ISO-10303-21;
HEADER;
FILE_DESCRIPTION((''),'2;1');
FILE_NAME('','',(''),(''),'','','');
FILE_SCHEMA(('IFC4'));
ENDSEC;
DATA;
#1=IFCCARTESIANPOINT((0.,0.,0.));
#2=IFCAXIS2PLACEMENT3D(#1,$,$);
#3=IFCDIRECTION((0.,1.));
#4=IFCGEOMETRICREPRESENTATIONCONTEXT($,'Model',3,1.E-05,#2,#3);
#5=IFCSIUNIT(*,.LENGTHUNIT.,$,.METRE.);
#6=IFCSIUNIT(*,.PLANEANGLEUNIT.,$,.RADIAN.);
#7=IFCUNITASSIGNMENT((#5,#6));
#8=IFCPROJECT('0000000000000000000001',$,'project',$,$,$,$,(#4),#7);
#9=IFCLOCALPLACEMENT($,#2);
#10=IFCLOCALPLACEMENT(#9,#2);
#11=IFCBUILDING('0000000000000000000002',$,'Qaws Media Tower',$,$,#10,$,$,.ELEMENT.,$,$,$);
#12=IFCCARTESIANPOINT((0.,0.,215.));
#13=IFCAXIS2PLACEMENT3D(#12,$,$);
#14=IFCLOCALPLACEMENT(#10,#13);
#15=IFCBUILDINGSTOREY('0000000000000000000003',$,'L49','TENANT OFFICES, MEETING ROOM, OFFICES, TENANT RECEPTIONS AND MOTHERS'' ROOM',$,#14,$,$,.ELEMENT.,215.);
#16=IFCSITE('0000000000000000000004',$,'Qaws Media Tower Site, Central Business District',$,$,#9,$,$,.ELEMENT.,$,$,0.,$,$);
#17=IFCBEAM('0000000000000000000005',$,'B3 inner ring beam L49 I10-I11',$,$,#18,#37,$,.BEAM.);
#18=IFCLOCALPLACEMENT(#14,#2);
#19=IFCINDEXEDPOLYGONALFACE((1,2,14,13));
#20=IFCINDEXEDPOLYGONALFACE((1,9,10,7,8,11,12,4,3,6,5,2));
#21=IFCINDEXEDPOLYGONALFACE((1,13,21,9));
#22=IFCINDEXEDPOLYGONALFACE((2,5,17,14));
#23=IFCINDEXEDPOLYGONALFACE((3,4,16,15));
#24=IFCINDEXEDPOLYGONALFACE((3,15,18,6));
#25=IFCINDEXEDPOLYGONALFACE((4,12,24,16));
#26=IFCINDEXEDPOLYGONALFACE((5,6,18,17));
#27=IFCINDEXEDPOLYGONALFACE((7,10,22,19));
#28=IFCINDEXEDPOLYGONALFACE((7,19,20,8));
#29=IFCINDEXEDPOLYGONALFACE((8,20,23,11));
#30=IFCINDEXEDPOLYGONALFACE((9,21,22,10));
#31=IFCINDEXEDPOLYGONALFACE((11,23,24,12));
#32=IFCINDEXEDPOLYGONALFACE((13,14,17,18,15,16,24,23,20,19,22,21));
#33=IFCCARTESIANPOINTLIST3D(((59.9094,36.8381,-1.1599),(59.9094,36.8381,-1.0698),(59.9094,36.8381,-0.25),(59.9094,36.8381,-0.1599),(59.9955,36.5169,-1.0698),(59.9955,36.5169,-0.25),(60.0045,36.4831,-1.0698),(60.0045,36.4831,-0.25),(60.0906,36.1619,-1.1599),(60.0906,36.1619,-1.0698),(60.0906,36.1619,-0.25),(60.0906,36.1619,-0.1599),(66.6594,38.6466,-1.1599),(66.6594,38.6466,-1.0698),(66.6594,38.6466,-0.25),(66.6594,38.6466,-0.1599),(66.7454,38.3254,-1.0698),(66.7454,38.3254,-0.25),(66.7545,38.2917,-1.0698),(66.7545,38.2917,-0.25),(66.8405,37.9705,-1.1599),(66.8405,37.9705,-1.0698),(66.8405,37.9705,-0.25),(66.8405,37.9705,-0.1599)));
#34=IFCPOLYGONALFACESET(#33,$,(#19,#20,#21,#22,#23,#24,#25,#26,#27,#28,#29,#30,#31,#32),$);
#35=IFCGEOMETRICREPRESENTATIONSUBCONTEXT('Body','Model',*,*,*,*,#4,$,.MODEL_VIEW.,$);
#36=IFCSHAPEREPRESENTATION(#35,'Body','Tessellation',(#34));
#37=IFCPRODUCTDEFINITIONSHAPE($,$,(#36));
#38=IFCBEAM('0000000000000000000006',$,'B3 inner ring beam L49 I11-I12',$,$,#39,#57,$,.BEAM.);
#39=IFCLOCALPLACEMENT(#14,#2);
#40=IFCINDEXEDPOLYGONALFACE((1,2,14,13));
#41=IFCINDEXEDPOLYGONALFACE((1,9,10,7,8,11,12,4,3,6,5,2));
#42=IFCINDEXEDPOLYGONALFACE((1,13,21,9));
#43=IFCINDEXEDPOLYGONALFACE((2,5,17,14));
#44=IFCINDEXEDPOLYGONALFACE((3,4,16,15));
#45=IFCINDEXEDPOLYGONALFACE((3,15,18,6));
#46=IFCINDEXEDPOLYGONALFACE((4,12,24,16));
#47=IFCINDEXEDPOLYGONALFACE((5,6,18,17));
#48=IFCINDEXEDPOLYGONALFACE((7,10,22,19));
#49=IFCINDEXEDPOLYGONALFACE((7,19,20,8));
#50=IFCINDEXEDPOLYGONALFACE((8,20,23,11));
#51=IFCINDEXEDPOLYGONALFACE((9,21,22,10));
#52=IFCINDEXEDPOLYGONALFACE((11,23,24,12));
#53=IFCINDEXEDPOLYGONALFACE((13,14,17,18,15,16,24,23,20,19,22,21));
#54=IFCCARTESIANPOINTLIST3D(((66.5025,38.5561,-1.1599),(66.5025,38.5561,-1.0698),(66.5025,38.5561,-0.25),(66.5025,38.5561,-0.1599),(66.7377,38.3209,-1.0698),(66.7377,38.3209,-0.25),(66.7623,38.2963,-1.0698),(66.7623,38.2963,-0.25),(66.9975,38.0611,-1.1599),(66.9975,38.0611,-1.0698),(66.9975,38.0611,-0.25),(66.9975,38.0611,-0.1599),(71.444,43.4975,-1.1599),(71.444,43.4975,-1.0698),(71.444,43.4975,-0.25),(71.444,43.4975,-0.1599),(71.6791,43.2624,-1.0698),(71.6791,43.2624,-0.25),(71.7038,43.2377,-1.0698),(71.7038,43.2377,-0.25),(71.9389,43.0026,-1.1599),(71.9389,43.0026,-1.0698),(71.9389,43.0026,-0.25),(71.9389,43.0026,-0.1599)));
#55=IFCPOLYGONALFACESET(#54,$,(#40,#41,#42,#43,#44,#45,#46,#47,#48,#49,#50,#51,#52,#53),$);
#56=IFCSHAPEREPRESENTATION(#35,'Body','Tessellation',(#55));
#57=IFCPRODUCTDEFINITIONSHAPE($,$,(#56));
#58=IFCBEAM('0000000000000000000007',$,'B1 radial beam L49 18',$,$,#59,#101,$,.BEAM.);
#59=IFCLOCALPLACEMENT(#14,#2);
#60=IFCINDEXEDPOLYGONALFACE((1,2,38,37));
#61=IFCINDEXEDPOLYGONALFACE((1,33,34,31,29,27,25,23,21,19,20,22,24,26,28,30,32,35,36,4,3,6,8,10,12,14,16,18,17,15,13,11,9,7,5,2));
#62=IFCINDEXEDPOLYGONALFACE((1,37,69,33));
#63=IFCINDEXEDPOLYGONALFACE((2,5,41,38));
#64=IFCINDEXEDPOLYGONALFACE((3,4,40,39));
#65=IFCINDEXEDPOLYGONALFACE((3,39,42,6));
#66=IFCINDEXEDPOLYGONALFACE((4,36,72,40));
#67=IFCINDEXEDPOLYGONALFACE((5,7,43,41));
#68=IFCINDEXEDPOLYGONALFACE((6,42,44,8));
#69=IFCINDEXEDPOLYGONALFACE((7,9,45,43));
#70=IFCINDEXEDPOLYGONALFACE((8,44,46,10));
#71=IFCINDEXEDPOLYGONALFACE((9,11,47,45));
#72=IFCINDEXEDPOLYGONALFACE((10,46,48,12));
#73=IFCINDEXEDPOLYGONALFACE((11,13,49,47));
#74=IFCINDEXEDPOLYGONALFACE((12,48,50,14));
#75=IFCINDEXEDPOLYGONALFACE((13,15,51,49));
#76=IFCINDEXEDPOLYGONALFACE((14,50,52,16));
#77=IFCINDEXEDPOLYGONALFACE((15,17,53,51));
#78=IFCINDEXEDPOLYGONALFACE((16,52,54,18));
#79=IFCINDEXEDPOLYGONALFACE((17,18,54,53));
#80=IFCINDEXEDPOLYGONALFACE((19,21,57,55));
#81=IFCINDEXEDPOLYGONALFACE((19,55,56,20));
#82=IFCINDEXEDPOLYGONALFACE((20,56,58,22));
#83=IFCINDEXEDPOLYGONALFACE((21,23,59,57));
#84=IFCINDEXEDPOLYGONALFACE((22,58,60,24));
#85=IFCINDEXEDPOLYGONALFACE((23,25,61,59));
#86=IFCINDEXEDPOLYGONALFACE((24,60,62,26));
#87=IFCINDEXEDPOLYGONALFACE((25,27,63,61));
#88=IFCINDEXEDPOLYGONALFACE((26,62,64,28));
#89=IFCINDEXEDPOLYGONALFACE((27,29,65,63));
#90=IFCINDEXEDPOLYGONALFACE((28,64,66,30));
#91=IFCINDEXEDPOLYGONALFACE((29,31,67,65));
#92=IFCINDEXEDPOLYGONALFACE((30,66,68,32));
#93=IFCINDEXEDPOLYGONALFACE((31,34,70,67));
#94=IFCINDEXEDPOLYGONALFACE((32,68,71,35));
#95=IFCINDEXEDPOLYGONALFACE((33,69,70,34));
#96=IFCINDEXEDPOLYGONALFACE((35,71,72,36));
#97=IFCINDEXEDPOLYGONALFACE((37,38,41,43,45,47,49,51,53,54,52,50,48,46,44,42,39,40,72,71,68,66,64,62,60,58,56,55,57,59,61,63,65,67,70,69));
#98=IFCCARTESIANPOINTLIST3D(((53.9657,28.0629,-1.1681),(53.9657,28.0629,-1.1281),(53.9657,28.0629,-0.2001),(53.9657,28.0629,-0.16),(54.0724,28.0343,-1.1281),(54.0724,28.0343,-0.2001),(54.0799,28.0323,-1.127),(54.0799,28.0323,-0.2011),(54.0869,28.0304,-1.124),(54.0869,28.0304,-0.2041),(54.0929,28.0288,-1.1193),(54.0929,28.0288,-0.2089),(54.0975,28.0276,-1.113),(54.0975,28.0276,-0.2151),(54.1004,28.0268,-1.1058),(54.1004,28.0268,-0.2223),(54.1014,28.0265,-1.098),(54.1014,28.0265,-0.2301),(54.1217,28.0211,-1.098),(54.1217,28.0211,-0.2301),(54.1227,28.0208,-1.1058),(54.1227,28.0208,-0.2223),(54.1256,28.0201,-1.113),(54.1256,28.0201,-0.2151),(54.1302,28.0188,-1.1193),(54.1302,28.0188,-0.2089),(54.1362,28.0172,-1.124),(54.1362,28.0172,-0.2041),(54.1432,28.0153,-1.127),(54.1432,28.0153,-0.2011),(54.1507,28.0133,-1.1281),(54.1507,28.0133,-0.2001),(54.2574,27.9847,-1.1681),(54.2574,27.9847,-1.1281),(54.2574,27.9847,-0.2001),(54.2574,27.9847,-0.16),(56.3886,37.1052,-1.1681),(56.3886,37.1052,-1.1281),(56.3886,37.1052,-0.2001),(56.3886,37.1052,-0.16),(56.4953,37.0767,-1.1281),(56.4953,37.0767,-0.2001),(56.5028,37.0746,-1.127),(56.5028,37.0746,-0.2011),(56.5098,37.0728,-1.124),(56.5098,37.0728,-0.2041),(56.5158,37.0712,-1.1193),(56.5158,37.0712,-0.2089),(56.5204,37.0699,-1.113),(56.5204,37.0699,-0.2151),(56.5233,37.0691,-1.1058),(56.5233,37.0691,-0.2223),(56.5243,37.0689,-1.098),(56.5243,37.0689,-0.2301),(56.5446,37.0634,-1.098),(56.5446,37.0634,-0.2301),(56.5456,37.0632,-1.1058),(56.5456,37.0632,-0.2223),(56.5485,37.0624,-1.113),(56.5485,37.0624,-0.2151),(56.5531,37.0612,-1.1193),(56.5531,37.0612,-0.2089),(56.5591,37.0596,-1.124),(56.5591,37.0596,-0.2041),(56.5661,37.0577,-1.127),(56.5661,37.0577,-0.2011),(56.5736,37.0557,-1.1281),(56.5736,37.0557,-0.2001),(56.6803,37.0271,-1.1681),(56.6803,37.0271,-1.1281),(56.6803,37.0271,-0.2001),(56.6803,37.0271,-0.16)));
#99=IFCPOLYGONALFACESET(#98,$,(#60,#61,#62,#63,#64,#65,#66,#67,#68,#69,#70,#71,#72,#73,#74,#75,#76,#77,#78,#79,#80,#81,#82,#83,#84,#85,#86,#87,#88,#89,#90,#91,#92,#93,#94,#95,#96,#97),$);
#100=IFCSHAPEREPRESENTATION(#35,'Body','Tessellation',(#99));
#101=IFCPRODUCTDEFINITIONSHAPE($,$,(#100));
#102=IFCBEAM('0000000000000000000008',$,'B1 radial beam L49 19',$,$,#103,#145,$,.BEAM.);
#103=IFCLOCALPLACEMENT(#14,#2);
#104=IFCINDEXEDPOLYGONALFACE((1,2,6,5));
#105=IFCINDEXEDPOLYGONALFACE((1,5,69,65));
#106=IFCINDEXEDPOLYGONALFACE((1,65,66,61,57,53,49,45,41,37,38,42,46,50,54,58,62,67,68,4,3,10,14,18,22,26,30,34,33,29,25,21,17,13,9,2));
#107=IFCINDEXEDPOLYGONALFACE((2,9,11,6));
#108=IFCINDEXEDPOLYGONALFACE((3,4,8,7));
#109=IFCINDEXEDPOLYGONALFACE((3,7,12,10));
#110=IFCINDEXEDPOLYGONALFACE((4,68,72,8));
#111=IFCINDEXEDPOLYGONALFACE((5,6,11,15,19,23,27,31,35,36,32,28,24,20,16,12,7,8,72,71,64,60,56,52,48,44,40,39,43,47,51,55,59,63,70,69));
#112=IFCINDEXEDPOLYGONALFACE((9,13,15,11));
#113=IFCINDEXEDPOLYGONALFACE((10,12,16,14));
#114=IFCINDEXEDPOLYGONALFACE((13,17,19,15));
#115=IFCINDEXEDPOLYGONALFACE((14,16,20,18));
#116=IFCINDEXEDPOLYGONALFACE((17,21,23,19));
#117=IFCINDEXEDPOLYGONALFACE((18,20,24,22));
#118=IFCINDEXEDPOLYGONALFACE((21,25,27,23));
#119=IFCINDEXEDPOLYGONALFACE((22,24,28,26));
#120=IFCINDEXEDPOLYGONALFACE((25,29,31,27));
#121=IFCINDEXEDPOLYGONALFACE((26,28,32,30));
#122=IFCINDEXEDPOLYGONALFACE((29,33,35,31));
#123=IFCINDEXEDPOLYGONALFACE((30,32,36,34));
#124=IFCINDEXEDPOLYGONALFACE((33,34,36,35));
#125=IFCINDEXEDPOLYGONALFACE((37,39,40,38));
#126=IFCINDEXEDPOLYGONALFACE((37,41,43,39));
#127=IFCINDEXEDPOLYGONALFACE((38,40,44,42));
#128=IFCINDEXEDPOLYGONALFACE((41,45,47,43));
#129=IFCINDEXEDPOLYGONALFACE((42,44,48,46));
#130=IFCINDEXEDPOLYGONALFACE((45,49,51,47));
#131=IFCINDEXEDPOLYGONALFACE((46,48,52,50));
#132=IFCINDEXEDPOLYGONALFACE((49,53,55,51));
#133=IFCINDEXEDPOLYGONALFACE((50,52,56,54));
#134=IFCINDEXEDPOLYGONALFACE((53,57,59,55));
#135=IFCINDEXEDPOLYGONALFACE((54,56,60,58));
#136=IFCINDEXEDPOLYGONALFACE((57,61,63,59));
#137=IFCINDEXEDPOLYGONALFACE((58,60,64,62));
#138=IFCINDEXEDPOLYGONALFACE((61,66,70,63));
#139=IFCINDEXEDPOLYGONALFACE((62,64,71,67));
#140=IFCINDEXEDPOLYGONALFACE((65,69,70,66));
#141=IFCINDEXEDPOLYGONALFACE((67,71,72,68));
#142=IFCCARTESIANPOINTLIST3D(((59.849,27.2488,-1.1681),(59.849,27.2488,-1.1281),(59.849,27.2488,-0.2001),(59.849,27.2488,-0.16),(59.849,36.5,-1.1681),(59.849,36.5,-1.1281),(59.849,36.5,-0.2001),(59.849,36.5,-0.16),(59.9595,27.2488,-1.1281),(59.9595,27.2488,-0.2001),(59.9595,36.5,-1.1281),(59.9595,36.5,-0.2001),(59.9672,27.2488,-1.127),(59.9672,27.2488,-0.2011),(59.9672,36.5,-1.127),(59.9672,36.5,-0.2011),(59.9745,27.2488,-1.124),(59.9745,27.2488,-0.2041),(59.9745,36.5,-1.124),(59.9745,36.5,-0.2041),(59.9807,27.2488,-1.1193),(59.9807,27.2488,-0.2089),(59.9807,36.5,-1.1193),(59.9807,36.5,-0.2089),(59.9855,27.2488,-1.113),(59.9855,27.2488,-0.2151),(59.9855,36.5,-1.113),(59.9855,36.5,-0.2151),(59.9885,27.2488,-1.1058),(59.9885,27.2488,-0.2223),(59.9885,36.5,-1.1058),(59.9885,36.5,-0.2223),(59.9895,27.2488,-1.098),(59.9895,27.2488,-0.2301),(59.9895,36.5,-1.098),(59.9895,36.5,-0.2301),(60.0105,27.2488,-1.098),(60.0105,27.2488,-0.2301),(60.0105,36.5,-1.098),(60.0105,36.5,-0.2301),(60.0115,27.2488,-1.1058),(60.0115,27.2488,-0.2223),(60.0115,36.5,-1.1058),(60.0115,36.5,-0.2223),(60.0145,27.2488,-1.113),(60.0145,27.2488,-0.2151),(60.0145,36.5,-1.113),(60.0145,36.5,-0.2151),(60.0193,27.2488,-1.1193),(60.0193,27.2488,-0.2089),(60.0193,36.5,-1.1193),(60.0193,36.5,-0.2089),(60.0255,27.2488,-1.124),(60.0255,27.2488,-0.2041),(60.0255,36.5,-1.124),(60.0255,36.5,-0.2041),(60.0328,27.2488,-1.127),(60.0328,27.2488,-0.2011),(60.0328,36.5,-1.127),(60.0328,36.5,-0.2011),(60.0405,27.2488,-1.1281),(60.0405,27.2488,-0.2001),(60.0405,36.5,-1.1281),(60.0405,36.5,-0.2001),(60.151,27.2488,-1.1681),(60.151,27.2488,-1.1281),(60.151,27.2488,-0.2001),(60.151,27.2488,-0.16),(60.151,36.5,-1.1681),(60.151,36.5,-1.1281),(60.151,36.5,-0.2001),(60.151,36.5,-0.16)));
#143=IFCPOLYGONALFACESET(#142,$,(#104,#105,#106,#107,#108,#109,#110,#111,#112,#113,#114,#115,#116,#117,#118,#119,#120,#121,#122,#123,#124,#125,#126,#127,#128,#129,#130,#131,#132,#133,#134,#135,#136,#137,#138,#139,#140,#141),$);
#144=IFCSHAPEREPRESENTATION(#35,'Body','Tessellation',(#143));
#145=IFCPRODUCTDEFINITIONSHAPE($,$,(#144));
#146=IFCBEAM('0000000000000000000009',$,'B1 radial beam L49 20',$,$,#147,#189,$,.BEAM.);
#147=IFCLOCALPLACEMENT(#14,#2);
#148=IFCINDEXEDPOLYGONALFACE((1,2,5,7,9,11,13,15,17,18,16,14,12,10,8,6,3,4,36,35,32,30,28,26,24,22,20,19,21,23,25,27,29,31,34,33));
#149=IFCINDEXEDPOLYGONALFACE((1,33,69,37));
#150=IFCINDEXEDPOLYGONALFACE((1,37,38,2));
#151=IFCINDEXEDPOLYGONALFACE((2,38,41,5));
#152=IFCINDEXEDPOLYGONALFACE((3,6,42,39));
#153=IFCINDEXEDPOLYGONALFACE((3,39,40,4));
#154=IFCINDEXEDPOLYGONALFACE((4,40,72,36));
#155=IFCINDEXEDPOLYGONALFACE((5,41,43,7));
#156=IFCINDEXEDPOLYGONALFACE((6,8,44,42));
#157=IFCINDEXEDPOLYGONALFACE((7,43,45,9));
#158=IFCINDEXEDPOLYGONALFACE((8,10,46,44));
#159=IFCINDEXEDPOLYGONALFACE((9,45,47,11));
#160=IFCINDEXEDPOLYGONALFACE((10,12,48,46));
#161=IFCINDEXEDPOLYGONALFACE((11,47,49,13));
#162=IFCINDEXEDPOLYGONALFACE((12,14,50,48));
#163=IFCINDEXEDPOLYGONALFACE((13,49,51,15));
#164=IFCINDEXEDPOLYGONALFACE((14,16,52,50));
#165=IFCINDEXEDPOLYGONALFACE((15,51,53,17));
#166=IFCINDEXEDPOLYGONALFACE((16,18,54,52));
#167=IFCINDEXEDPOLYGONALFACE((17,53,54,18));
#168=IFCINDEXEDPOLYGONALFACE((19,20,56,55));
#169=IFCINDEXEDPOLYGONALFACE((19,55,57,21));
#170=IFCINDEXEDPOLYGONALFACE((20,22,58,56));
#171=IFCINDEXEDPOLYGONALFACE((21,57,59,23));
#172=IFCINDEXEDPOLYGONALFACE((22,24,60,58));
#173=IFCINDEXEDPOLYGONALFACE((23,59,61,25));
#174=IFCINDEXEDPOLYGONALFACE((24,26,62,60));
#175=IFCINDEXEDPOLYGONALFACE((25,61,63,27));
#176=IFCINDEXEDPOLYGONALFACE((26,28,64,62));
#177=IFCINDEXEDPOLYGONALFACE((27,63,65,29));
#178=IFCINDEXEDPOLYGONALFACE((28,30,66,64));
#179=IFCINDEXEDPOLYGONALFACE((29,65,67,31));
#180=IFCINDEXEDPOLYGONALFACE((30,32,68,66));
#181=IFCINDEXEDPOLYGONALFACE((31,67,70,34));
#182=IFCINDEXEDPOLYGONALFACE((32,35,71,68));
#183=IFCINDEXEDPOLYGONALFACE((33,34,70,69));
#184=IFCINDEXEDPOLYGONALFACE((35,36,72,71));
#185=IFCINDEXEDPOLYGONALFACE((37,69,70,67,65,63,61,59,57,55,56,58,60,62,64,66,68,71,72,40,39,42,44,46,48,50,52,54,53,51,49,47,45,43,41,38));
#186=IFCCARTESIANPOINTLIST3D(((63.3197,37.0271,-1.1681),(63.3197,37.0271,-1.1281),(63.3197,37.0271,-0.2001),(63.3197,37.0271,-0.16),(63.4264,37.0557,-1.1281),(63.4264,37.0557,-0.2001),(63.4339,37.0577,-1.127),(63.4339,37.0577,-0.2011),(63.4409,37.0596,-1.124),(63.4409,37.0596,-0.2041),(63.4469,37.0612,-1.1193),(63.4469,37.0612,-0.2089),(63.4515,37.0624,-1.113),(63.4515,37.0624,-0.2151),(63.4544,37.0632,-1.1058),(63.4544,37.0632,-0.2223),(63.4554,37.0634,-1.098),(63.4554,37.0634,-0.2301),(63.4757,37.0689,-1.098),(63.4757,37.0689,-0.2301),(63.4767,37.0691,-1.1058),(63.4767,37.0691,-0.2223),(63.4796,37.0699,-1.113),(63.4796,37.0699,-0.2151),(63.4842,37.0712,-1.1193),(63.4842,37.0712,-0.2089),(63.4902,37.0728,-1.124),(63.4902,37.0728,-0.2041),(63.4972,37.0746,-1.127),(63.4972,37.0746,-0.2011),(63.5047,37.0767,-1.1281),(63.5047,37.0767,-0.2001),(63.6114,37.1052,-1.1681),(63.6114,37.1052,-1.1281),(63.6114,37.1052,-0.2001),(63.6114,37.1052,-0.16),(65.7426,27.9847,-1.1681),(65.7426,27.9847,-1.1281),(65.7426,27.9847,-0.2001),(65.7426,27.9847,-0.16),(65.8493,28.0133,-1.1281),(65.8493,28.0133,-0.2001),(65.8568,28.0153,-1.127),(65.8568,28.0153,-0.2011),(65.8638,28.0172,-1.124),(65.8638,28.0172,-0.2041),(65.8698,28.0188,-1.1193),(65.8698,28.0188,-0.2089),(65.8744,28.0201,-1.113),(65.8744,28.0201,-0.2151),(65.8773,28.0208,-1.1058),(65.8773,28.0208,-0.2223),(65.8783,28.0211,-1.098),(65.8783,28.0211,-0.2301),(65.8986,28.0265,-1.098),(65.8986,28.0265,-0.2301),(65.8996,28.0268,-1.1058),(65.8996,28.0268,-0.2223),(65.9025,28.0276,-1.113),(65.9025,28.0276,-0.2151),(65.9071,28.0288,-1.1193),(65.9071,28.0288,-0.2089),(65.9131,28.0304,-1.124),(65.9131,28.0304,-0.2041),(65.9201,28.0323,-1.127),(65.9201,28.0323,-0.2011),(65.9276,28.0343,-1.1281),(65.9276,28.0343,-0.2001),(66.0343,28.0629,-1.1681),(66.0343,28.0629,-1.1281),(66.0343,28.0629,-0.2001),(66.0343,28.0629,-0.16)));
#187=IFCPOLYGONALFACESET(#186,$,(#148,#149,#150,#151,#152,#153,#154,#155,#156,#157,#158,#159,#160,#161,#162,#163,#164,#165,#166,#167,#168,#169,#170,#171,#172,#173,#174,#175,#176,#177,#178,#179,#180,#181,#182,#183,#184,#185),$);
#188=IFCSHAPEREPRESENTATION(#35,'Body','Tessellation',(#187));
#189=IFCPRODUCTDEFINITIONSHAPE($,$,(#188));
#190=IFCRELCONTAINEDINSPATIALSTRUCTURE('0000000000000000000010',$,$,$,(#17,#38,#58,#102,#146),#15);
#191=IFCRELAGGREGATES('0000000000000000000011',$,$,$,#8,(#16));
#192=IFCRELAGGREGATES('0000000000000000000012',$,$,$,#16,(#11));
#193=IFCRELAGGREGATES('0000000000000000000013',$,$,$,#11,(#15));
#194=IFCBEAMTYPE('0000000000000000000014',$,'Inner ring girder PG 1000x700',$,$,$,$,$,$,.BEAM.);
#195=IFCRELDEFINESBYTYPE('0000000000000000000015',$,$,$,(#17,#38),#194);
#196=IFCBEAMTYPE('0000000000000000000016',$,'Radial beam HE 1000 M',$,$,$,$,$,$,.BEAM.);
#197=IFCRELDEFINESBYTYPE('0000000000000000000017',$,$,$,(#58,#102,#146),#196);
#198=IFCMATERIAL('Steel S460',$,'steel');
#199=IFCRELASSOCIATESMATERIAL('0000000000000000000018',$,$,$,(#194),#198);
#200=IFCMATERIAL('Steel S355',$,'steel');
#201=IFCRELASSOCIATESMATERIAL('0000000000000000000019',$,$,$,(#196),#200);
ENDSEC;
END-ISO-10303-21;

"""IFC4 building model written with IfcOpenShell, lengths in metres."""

from ifc_helpers import new_model, si_unit, direction, frame, origin, origin_2d, place, context, subcontext, project, spatial, i_section, extrude, material, material_profile, profile_set, type_object, element, save


model = new_model("IFC4")

# Units and contexts
model_context = context("Model", 3, precision=1e-05, world=origin(), true_north=direction((0.0, 1.0)))
body_context = subcontext(model_context, "Body", "Model", "MODEL_VIEW")
ifc_project = project(units=[si_unit("LENGTHUNIT", "METRE"), si_unit("PLANEANGLEUNIT", "RADIAN")], contexts=[model_context])

# Site, building, storey
site_placement = place(None, origin())
site = spatial("IfcSite", under=ifc_project, at=site_placement, Name="Qaws Media Tower Site, Central Business District", CompositionType="ELEMENT", RefElevation=0.0)
building_placement = place(site_placement, origin())
building = spatial("IfcBuilding", under=site, at=building_placement, Name="Qaws Media Tower", CompositionType="ELEMENT")
storey_placement = place(building_placement, frame((0.0, 0.0, 215.0)))
storey = spatial("IfcBuildingStorey", under=building, at=storey_placement, Name="L49", Description="TENANT OFFICES, MEETING ROOM, OFFICES, TENANT RECEPTIONS AND MOTHERS' ROOM", CompositionType="ELEMENT", Elevation=215.0)

# Beams
ifc_material_1 = material(Name="Steel S460", Category="steel")
ifc_material_profile_1 = material_profile(ifc_material_1, i_section(OverallWidth=0.7, OverallDepth=1.0, WebThickness=0.0349, FlangeThickness=0.0901, at=origin_2d()), Name="PG 1000x700")
ifc_profile_set_1 = profile_set([ifc_material_profile_1], Name="Steel S460")
beam_type_1 = type_object("IfcBeamType", Name="Inner ring girder PG 1000x700", PredefinedType="BEAM", material=ifc_profile_set_1)
beam_1_placement = place(storey_placement, frame((60.0, 36.5, -0.6599), z_axis=(0.965928, 0.258811, 0.0), x_axis=(-0.258811, 0.965928, 0.0)))
element("IfcBeam", 1, at=beam_1_placement, inside=storey, type_object=beam_type_1, Name="B3 inner ring beam L49 I10-I11", PredefinedType="BEAM", context=body_context, shape_type="SweptSolid", body=[
    extrude(i_section(OverallWidth=0.7, OverallDepth=1.0, WebThickness=0.0349, FlangeThickness=0.0901, at=origin_2d()), origin(), (0.0, 0.0, 1.0), 6.988),
])
beam_2_placement = place(storey_placement, frame((66.75, 38.3086, -0.6599), z_axis=(0.707107, 0.707107, 0.0), x_axis=(-0.707107, 0.707107, 0.0)))
element("IfcBeam", 2, at=beam_2_placement, inside=storey, type_object=beam_type_1, Name="B3 inner ring beam L49 I11-I12", PredefinedType="BEAM", context=body_context, shape_type="SweptSolid", body=[
    extrude(i_section(OverallWidth=0.7, OverallDepth=1.0, WebThickness=0.0349, FlangeThickness=0.0901, at=origin_2d()), origin(), (0.0, 0.0, 1.0), 6.9883),
])
ifc_material_2 = material(Name="Steel S355", Category="steel")
ifc_material_profile_2 = material_profile(ifc_material_2, i_section(OverallWidth=0.302, OverallDepth=1.0081, WebThickness=0.021, FlangeThickness=0.04, FilletRadius=0.03, at=origin_2d()), Name="HE 1000 M")
ifc_profile_set_2 = profile_set([ifc_material_profile_2], Name="Steel S355")
beam_type_2 = type_object("IfcBeamType", Name="Radial beam HE 1000 M", PredefinedType="BEAM", material=ifc_profile_set_2)
beam_3_placement = place(storey_placement, frame((56.5344, 37.0662, -0.6641), z_axis=(-0.258818, -0.965926, 0.0), x_axis=(0.965926, -0.258818, 0.0)))
element("IfcBeam", 3, at=beam_3_placement, inside=storey, type_object=beam_type_2, Name="B1 radial beam L49 18", PredefinedType="BEAM", context=body_context, shape_type="SweptSolid", body=[
    extrude(i_section(OverallWidth=0.302, OverallDepth=1.0081, WebThickness=0.021, FlangeThickness=0.04, FilletRadius=0.03, at=origin_2d()), origin(), (0.0, 0.0, 1.0), 9.3613),
])
beam_4_placement = place(storey_placement, frame((60.0, 36.5, -0.6641), z_axis=(0.0, -1.0, 0.0), x_axis=(1.0, 0.0, 0.0)))
element("IfcBeam", 4, at=beam_4_placement, inside=storey, type_object=beam_type_2, Name="B1 radial beam L49 19", PredefinedType="BEAM", context=body_context, shape_type="SweptSolid", body=[
    extrude(i_section(OverallWidth=0.302, OverallDepth=1.0081, WebThickness=0.021, FlangeThickness=0.04, FilletRadius=0.03, at=origin_2d()), origin(), (0.0, 0.0, 1.0), 9.2512),
])
beam_5_placement = place(storey_placement, frame((63.4656, 37.0662, -0.6641), z_axis=(0.258818, -0.965926, 0.0), x_axis=(0.965926, 0.258818, 0.0)))
element("IfcBeam", 5, at=beam_5_placement, inside=storey, type_object=beam_type_2, Name="B1 radial beam L49 20", PredefinedType="BEAM", context=body_context, shape_type="SweptSolid", body=[
    extrude(i_section(OverallWidth=0.302, OverallDepth=1.0081, WebThickness=0.021, FlangeThickness=0.04, FilletRadius=0.03, at=origin_2d()), origin(), (0.0, 0.0, 1.0), 9.3613),
])

save(model, "model.ifc")
